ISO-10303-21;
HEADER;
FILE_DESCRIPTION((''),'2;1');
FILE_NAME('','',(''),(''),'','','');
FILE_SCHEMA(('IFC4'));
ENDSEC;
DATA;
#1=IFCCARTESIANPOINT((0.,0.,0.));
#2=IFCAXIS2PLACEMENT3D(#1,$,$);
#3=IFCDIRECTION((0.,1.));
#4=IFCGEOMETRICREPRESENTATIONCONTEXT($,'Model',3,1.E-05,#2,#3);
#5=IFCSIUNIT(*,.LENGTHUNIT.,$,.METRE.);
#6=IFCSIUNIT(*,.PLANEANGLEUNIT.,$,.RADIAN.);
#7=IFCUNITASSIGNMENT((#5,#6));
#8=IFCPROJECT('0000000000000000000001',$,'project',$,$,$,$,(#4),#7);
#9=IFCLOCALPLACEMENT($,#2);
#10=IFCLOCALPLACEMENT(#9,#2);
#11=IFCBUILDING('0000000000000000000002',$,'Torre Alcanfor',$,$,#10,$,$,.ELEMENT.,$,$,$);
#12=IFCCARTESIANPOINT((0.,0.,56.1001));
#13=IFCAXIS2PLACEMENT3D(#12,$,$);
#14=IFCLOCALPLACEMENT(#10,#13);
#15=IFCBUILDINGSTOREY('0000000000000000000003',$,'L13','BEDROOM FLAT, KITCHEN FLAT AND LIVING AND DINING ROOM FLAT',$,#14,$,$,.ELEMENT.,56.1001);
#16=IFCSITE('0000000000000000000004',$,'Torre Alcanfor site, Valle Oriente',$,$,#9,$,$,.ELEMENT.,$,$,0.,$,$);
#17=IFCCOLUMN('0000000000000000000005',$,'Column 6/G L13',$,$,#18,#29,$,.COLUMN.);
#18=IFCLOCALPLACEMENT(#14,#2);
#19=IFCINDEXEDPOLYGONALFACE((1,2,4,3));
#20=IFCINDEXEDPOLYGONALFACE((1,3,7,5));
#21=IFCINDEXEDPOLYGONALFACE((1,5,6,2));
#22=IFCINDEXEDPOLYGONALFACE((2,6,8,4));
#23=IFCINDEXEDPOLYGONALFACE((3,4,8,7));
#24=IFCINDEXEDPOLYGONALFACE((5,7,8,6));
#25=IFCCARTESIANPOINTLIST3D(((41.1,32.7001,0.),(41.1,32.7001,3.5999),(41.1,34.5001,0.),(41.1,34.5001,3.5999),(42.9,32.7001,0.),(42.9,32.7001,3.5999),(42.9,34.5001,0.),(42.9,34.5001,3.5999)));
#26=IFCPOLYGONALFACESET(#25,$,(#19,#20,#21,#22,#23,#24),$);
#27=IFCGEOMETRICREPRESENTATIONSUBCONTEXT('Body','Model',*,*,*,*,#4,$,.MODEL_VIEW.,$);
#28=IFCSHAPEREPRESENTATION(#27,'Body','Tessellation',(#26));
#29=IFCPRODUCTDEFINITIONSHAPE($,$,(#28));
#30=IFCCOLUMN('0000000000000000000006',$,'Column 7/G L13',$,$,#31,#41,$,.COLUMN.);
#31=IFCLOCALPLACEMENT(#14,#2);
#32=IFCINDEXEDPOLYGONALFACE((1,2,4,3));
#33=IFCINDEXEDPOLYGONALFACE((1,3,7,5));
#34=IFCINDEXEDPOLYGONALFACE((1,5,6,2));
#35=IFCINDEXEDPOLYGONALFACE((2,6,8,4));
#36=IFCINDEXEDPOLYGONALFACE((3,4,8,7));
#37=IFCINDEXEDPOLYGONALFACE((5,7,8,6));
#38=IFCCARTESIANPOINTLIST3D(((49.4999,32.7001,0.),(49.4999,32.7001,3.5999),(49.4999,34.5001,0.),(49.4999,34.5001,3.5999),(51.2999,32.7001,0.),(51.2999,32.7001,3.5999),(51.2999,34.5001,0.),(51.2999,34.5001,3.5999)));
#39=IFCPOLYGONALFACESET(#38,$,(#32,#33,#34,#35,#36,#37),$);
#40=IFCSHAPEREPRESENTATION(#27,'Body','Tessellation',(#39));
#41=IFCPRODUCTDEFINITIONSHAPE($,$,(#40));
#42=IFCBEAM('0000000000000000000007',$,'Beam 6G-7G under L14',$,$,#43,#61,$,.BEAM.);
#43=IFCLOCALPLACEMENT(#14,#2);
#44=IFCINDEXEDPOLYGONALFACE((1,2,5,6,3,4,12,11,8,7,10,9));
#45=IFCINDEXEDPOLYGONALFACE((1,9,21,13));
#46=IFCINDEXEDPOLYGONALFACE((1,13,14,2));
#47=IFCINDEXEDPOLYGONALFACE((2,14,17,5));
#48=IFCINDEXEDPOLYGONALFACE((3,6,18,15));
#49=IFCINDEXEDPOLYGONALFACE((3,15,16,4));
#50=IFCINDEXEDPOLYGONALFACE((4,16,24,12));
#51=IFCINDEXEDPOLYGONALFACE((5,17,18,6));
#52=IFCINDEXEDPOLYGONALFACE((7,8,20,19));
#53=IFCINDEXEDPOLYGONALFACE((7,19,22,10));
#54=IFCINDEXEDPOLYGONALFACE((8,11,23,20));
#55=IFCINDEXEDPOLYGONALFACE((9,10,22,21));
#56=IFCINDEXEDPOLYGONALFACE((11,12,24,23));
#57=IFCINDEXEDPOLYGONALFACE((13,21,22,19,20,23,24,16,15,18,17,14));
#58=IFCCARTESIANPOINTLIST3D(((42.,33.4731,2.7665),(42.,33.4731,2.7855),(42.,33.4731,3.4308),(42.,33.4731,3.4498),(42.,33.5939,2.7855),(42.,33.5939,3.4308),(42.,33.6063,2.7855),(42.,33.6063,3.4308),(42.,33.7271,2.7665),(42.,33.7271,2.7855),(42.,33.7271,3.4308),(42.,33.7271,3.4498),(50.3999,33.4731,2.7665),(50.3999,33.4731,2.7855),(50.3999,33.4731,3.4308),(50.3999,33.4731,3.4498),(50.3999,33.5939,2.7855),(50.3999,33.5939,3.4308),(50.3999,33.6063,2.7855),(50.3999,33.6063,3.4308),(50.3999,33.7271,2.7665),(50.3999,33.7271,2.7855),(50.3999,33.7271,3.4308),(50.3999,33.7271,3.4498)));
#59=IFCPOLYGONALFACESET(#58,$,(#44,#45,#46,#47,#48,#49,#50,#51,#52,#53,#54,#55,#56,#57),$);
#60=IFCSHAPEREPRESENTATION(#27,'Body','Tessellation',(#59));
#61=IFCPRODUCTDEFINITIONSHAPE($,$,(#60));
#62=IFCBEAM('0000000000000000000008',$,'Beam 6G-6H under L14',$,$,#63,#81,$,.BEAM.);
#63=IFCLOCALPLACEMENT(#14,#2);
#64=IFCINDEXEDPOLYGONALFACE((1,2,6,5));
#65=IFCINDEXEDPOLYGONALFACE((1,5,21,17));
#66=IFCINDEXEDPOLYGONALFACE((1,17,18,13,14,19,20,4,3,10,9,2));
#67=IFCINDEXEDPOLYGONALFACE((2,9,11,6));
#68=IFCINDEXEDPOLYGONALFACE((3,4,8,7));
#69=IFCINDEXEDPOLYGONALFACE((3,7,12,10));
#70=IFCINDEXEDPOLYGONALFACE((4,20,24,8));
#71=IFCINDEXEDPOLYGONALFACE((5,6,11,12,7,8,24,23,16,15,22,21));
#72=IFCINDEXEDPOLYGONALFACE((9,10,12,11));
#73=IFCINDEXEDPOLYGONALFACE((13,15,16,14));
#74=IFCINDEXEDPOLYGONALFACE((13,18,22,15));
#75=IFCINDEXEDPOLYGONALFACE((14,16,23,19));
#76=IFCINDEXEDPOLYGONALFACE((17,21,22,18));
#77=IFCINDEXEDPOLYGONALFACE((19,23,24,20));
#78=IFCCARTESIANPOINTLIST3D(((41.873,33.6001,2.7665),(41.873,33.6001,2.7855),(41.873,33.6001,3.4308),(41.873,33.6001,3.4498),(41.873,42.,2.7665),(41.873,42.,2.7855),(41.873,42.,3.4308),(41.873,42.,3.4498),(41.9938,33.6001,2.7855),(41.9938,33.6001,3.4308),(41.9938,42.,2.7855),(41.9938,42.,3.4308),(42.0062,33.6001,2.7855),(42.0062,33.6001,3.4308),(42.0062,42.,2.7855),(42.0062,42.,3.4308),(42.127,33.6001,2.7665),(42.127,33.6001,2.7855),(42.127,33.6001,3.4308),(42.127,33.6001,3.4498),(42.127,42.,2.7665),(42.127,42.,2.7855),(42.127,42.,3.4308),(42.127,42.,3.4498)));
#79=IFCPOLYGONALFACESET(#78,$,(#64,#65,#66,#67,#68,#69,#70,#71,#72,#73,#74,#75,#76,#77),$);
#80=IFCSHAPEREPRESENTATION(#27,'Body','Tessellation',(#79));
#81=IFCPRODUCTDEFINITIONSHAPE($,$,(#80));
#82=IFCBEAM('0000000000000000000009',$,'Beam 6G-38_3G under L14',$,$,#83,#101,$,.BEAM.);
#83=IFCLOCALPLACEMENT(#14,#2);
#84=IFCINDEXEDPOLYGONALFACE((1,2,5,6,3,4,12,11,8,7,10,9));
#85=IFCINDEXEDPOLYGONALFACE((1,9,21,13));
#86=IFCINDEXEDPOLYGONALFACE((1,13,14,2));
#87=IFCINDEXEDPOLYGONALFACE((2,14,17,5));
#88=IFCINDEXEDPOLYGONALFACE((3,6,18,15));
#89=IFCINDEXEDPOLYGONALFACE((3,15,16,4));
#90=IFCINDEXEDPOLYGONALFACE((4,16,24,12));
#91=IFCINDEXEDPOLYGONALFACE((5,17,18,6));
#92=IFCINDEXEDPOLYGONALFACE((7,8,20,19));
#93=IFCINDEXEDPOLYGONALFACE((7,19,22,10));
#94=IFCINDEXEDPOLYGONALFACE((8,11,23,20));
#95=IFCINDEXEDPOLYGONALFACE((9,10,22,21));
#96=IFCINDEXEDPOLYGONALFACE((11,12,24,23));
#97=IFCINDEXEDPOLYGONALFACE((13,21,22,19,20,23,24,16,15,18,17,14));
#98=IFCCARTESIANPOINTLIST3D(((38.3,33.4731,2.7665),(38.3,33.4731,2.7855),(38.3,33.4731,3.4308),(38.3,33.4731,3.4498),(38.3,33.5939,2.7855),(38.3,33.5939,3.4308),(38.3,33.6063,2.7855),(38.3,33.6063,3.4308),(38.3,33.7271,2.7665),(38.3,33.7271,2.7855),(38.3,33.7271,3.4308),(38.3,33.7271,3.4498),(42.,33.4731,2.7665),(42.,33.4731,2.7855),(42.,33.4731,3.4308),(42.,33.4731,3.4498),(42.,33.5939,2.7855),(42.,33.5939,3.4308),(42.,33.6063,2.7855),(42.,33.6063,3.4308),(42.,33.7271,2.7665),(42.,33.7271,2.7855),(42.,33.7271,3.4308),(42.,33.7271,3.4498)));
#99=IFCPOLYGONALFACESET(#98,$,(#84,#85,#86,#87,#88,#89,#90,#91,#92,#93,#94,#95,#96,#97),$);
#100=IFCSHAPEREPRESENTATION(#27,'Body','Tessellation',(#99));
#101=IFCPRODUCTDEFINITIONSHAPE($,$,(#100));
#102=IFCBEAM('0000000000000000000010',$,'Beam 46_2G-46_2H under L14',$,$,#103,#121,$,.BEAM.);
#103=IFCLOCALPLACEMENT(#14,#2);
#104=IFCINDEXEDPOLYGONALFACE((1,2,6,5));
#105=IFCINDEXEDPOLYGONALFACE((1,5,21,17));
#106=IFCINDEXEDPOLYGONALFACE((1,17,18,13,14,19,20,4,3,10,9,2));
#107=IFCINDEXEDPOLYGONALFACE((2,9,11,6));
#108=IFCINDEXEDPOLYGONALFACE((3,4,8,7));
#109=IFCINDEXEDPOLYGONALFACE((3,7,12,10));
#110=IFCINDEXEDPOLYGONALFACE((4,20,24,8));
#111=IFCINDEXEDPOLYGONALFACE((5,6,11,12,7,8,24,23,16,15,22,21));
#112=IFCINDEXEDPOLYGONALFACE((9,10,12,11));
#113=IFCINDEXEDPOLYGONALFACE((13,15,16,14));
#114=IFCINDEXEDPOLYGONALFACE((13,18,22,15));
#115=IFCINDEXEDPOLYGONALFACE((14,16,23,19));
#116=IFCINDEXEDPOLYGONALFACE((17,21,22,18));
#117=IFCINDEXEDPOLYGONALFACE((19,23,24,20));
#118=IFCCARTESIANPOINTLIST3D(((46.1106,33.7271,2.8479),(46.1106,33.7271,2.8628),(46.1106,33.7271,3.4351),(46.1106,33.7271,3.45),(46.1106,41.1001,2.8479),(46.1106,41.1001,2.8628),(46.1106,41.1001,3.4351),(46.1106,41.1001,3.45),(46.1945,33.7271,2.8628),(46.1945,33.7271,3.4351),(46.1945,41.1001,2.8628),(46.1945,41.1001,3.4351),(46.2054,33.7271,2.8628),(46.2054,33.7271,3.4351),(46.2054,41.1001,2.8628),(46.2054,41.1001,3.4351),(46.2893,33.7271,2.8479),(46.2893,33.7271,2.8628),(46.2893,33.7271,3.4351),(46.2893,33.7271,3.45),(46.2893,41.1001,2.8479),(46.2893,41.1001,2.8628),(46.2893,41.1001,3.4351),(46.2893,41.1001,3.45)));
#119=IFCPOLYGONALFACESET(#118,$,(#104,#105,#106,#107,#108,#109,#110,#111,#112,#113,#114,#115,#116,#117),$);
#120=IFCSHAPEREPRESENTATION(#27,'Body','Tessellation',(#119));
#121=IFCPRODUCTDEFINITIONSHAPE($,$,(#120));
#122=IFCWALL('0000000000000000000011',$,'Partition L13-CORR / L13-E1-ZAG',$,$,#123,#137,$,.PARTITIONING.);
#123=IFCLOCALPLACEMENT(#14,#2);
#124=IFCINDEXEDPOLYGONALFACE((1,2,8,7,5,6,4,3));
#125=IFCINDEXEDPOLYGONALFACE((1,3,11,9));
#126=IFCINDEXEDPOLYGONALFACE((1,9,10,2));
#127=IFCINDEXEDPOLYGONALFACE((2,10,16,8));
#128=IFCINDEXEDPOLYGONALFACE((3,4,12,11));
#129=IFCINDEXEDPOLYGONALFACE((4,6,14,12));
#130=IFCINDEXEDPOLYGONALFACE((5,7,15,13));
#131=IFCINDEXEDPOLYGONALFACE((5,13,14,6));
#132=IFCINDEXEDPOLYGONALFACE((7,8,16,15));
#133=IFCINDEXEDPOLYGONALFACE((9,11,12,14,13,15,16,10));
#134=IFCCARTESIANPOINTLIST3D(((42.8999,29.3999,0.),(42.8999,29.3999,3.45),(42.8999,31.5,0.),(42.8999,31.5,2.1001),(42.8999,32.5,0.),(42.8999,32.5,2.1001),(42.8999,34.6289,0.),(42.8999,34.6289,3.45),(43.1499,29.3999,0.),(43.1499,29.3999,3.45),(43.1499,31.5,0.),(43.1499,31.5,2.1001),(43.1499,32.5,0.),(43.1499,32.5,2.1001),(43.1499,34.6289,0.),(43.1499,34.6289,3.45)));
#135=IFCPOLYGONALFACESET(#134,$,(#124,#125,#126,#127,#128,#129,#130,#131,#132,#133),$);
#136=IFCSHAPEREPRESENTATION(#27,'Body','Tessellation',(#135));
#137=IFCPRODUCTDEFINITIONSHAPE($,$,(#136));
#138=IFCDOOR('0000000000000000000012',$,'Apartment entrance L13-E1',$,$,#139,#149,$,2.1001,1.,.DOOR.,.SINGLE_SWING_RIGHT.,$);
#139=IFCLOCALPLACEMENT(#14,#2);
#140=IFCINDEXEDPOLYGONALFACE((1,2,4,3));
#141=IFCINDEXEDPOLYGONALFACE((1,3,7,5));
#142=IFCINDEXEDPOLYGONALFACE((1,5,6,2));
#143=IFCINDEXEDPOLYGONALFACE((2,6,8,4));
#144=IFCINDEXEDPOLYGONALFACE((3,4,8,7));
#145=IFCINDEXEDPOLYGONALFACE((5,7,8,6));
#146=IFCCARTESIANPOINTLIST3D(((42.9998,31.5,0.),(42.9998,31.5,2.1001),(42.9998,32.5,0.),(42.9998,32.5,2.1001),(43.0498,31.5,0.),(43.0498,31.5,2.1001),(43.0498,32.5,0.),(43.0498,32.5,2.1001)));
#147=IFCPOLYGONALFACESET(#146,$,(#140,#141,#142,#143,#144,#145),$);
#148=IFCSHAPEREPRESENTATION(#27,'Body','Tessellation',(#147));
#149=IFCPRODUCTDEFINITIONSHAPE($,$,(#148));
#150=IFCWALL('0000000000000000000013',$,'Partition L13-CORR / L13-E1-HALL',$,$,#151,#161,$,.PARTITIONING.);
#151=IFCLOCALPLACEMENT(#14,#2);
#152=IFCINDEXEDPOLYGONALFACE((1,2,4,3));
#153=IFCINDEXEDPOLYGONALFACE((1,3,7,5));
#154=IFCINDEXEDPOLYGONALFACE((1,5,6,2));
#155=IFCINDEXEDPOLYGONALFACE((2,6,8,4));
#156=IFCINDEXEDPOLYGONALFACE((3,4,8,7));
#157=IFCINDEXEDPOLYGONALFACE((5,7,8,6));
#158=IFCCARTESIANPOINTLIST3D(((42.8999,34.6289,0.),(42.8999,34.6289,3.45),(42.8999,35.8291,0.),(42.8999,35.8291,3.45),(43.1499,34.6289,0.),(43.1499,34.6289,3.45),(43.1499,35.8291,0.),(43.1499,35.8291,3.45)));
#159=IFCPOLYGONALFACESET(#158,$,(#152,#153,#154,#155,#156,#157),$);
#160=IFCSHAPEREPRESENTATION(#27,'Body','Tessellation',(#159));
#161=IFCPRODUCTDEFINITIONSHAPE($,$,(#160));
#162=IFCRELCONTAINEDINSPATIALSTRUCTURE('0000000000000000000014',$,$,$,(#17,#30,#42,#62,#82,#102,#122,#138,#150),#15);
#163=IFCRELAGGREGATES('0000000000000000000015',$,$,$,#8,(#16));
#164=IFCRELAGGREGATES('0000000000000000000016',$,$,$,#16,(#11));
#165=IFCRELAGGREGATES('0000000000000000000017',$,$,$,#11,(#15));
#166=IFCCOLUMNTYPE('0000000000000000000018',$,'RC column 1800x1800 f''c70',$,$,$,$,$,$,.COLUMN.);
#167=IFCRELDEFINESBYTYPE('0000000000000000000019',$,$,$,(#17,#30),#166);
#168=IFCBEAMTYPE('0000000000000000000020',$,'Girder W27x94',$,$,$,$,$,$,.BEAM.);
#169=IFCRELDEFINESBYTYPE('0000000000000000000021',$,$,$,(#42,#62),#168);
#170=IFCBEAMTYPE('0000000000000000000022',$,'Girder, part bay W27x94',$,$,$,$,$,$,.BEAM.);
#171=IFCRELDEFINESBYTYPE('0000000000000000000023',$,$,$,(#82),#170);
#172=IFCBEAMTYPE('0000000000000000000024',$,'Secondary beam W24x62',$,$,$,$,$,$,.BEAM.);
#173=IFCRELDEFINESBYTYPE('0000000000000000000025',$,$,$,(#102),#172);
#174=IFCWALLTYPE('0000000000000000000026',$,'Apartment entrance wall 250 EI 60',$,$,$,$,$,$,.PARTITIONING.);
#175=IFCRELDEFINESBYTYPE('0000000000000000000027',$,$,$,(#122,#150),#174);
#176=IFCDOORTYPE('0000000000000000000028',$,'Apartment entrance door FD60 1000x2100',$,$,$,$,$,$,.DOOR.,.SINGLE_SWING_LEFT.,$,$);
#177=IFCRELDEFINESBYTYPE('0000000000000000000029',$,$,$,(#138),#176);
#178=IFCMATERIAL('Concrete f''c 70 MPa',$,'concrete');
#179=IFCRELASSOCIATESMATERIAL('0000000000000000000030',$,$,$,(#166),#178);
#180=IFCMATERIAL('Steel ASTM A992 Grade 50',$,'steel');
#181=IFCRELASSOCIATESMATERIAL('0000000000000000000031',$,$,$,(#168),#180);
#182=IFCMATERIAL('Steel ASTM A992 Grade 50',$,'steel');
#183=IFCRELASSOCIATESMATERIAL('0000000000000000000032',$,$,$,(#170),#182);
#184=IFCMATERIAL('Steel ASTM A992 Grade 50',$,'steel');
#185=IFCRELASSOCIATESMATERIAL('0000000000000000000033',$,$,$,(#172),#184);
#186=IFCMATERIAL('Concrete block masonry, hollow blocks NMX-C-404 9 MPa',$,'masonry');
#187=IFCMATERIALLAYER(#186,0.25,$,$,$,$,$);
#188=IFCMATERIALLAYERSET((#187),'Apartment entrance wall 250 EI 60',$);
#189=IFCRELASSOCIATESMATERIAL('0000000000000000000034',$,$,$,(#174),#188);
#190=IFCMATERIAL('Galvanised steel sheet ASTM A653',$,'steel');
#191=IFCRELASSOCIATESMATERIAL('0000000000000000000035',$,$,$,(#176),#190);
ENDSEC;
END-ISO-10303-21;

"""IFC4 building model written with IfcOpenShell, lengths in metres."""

from ifc_helpers import new_model, si_unit, direction, frame, frame_2d, origin, origin_2d, place, context, subcontext, project, spatial, rectangle, i_section, extrude, material, layer, layer_set, material_profile, profile_set, type_object, element, fill, save


model = new_model("IFC4")

# Units and contexts
model_context = context("Model", 3, precision=1e-05, world=origin(), true_north=direction((0.0, 1.0)))
body_context = subcontext(model_context, "Body", "Model", "MODEL_VIEW")
ifc_project = project(units=[si_unit("LENGTHUNIT", "METRE"), si_unit("PLANEANGLEUNIT", "RADIAN")], contexts=[model_context])

# Site, building, storey
site_placement = place(None, origin())
site = spatial("IfcSite", under=ifc_project, at=site_placement, Name="Torre Alcanfor site, Valle Oriente", CompositionType="ELEMENT", RefElevation=0.0)
building_placement = place(site_placement, origin())
building = spatial("IfcBuilding", under=site, at=building_placement, Name="Torre Alcanfor", CompositionType="ELEMENT")
storey_placement = place(building_placement, frame((0.0, 0.0, 56.1001)))
storey = spatial("IfcBuildingStorey", under=building, at=storey_placement, Name="L13", Description="BEDROOM FLAT, KITCHEN FLAT AND LIVING AND DINING ROOM FLAT", CompositionType="ELEMENT", Elevation=56.1001)

# Columns
ifc_material_1 = material(Name="Concrete f'c 70 MPa", Category="concrete")
ifc_material_profile_1 = material_profile(ifc_material_1, rectangle(XDim=1.8, YDim=1.8, at=origin_2d()), Name="1800x1800")
ifc_profile_set_1 = profile_set([ifc_material_profile_1], Name="Concrete f'c 70 MPa")
column_type = type_object("IfcColumnType", Name="RC column 1800x1800 f'c70", PredefinedType="COLUMN", material=ifc_profile_set_1)
for number, where, z_axis, x_axis, name in (
    (1, (42.0, 33.6001, 0.0), (0.0, 0.0, 1.0), (1.0, 0.0, 0.0), "Column 6/G L13"),
    (2, (50.3999, 33.6001, 0.0), (0.0, 0.0, 1.0), (1.0, 0.0, 0.0), "Column 7/G L13"),
):
    element("IfcColumn", number, at=place(storey_placement, frame(where, z_axis=z_axis, x_axis=x_axis)), inside=storey, type_object=column_type, Name=name, PredefinedType="COLUMN", context=body_context, shape_type="SweptSolid", body=[
        extrude(rectangle(XDim=1.8, YDim=1.8, at=origin_2d()), origin(), (0.0, 0.0, 1.0), 3.5999),
    ])

# Beams
ifc_material_2 = material(Name="Steel ASTM A992 Grade 50", Category="steel")
ifc_material_profile_2 = material_profile(ifc_material_2, i_section(OverallWidth=0.2539, OverallDepth=0.6833, WebThickness=0.0125, FlangeThickness=0.019, at=origin_2d()), Name="W27x94")
ifc_profile_set_2 = profile_set([ifc_material_profile_2], Name="Steel ASTM A992 Grade 50")
beam_type_1 = type_object("IfcBeamType", Name="Girder W27x94", PredefinedType="BEAM", material=ifc_profile_set_2)
for number, where, z_axis, x_axis, name in (
    (3, (42.0, 33.6001, 3.1082), (1.0, 0.0, 0.0), (0.0, 1.0, 0.0), "Beam 6G-7G under L14"),
    (4, (42.0, 33.6001, 3.1082), (0.0, 1.0, 0.0), (-1.0, 0.0, 0.0), "Beam 6G-6H under L14"),
):
    element("IfcBeam", number, at=place(storey_placement, frame(where, z_axis=z_axis, x_axis=x_axis)), inside=storey, type_object=beam_type_1, Name=name, PredefinedType="BEAM", context=body_context, shape_type="SweptSolid", body=[
        extrude(i_section(OverallWidth=0.2539, OverallDepth=0.6833, WebThickness=0.0125, FlangeThickness=0.019, at=origin_2d()), origin(), (0.0, 0.0, 1.0), 8.3999),
    ])
ifc_material_3 = material(Name="Steel ASTM A992 Grade 50", Category="steel")
ifc_material_profile_3 = material_profile(ifc_material_3, i_section(OverallWidth=0.2539, OverallDepth=0.6833, WebThickness=0.0125, FlangeThickness=0.019, at=origin_2d()), Name="W27x94")
ifc_profile_set_3 = profile_set([ifc_material_profile_3], Name="Steel ASTM A992 Grade 50")
beam_type_2 = type_object("IfcBeamType", Name="Girder, part bay W27x94", PredefinedType="BEAM", material=ifc_profile_set_3)
beam_1_placement = place(storey_placement, frame((42.0, 33.6001, 3.1082), z_axis=(-1.0, 0.0, 0.0), x_axis=(0.0, -1.0, 0.0)))
element("IfcBeam", 5, at=beam_1_placement, inside=storey, type_object=beam_type_2, Name="Beam 6G-38_3G under L14", PredefinedType="BEAM", context=body_context, shape_type="SweptSolid", body=[
    extrude(i_section(OverallWidth=0.2539, OverallDepth=0.6833, WebThickness=0.0125, FlangeThickness=0.019, at=origin_2d()), origin(), (0.0, 0.0, 1.0), 3.7),
])
ifc_material_4 = material(Name="Steel ASTM A992 Grade 50", Category="steel")
ifc_material_profile_4 = material_profile(ifc_material_4, i_section(OverallWidth=0.1787, OverallDepth=0.6021, WebThickness=0.011, FlangeThickness=0.0149, at=origin_2d()), Name="W24x62")
ifc_profile_set_4 = profile_set([ifc_material_profile_4], Name="Steel ASTM A992 Grade 50")
beam_type_3 = type_object("IfcBeamType", Name="Secondary beam W24x62", PredefinedType="BEAM", material=ifc_profile_set_4)
beam_2_placement = place(storey_placement, frame((46.2, 33.7271, 3.1489), z_axis=(0.0, 1.0, 0.0), x_axis=(-1.0, 0.0, 0.0)))
element("IfcBeam", 6, at=beam_2_placement, inside=storey, type_object=beam_type_3, Name="Beam 46_2G-46_2H under L14", PredefinedType="BEAM", context=body_context, shape_type="SweptSolid", body=[
    extrude(i_section(OverallWidth=0.1787, OverallDepth=0.6021, WebThickness=0.011, FlangeThickness=0.0149, at=origin_2d()), origin(), (0.0, 0.0, 1.0), 7.373),
])

# Wall, opening, door
ifc_material_5 = material(Name="Concrete block masonry, hollow blocks NMX-C-404 9 MPa", Category="masonry")
ifc_layer_1 = layer(ifc_material_5, 0.25)
ifc_layer_set_1 = layer_set([ifc_layer_1], Name="Apartment entrance wall 250 EI 60")
wall_type_1 = type_object("IfcWallType", Name="Apartment entrance wall 250 EI 60", PredefinedType="PARTITIONING", material=ifc_layer_set_1)
wall_1_placement = place(storey_placement, frame((43.0249, 34.6289, 0.0), z_axis=(0.0, 0.0, 1.0), x_axis=(0.0, -1.0, 0.0)))
wall_1 = element("IfcWall", 7, at=wall_1_placement, inside=storey, type_object=wall_type_1, Name="Partition L13-CORR / L13-E1-ZAG", PredefinedType="PARTITIONING", context=body_context, shape_type="SweptSolid", body=[
    extrude(rectangle(XDim=5.229, YDim=0.25, at=frame_2d((2.6145, 0.0))), origin(), (0.0, 0.0, 1.0), 3.45),
])
opening_1_placement = place(wall_1_placement, frame((2.1289, 0.0, 0.0)))
opening_1 = element("IfcOpeningElement", 8, at=opening_1_placement, cuts=wall_1, PredefinedType="OPENING", context=body_context, shape_type="SweptSolid", body=[
    extrude(rectangle(XDim=1.0, YDim=2.1001, at=frame_2d((0.5, 1.05))), frame((0.0, 0.135, 0.0), z_axis=(0.0, -1.0, 0.0), x_axis=(1.0, 0.0, 0.0)), (0.0, 0.0, 1.0), 0.27),
])
ifc_material_6 = material(Name="Galvanised steel sheet ASTM A653", Category="steel")
door_type_1 = type_object("IfcDoorType", Name="Apartment entrance door FD60 1000x2100", OperationType="SINGLE_SWING_LEFT", PredefinedType="DOOR", material=ifc_material_6)
door_1_placement = place(opening_1_placement, origin())
door_1 = element("IfcDoor", 9, at=door_1_placement, inside=storey, type_object=door_type_1, Name="Apartment entrance L13-E1", OperationType="SINGLE_SWING_RIGHT", OverallHeight=2.1001, OverallWidth=1.0, PredefinedType="DOOR", context=body_context, shape_type="SweptSolid", body=[
    extrude(rectangle(XDim=1.0, YDim=2.1001, at=frame_2d((0.5, 1.05))), frame((0.0, 0.0249, 0.0), z_axis=(0.0, -1.0, 0.0), x_axis=(1.0, 0.0, 0.0)), (0.0, 0.0, 1.0), 0.05),
])
fill(opening_1, door_1)

# Wall
wall_2_placement = place(storey_placement, frame((43.0249, 35.8291, 0.0), z_axis=(0.0, 0.0, 1.0), x_axis=(0.0, -1.0, 0.0)))
element("IfcWall", 10, at=wall_2_placement, inside=storey, type_object=wall_type_1, Name="Partition L13-CORR / L13-E1-HALL", PredefinedType="PARTITIONING", context=body_context, shape_type="SweptSolid", body=[
    extrude(rectangle(XDim=1.2002, YDim=0.25, at=frame_2d((0.6001, 0.0))), origin(), (0.0, 0.0, 1.0), 3.45),
])

save(model, "model.ifc")
